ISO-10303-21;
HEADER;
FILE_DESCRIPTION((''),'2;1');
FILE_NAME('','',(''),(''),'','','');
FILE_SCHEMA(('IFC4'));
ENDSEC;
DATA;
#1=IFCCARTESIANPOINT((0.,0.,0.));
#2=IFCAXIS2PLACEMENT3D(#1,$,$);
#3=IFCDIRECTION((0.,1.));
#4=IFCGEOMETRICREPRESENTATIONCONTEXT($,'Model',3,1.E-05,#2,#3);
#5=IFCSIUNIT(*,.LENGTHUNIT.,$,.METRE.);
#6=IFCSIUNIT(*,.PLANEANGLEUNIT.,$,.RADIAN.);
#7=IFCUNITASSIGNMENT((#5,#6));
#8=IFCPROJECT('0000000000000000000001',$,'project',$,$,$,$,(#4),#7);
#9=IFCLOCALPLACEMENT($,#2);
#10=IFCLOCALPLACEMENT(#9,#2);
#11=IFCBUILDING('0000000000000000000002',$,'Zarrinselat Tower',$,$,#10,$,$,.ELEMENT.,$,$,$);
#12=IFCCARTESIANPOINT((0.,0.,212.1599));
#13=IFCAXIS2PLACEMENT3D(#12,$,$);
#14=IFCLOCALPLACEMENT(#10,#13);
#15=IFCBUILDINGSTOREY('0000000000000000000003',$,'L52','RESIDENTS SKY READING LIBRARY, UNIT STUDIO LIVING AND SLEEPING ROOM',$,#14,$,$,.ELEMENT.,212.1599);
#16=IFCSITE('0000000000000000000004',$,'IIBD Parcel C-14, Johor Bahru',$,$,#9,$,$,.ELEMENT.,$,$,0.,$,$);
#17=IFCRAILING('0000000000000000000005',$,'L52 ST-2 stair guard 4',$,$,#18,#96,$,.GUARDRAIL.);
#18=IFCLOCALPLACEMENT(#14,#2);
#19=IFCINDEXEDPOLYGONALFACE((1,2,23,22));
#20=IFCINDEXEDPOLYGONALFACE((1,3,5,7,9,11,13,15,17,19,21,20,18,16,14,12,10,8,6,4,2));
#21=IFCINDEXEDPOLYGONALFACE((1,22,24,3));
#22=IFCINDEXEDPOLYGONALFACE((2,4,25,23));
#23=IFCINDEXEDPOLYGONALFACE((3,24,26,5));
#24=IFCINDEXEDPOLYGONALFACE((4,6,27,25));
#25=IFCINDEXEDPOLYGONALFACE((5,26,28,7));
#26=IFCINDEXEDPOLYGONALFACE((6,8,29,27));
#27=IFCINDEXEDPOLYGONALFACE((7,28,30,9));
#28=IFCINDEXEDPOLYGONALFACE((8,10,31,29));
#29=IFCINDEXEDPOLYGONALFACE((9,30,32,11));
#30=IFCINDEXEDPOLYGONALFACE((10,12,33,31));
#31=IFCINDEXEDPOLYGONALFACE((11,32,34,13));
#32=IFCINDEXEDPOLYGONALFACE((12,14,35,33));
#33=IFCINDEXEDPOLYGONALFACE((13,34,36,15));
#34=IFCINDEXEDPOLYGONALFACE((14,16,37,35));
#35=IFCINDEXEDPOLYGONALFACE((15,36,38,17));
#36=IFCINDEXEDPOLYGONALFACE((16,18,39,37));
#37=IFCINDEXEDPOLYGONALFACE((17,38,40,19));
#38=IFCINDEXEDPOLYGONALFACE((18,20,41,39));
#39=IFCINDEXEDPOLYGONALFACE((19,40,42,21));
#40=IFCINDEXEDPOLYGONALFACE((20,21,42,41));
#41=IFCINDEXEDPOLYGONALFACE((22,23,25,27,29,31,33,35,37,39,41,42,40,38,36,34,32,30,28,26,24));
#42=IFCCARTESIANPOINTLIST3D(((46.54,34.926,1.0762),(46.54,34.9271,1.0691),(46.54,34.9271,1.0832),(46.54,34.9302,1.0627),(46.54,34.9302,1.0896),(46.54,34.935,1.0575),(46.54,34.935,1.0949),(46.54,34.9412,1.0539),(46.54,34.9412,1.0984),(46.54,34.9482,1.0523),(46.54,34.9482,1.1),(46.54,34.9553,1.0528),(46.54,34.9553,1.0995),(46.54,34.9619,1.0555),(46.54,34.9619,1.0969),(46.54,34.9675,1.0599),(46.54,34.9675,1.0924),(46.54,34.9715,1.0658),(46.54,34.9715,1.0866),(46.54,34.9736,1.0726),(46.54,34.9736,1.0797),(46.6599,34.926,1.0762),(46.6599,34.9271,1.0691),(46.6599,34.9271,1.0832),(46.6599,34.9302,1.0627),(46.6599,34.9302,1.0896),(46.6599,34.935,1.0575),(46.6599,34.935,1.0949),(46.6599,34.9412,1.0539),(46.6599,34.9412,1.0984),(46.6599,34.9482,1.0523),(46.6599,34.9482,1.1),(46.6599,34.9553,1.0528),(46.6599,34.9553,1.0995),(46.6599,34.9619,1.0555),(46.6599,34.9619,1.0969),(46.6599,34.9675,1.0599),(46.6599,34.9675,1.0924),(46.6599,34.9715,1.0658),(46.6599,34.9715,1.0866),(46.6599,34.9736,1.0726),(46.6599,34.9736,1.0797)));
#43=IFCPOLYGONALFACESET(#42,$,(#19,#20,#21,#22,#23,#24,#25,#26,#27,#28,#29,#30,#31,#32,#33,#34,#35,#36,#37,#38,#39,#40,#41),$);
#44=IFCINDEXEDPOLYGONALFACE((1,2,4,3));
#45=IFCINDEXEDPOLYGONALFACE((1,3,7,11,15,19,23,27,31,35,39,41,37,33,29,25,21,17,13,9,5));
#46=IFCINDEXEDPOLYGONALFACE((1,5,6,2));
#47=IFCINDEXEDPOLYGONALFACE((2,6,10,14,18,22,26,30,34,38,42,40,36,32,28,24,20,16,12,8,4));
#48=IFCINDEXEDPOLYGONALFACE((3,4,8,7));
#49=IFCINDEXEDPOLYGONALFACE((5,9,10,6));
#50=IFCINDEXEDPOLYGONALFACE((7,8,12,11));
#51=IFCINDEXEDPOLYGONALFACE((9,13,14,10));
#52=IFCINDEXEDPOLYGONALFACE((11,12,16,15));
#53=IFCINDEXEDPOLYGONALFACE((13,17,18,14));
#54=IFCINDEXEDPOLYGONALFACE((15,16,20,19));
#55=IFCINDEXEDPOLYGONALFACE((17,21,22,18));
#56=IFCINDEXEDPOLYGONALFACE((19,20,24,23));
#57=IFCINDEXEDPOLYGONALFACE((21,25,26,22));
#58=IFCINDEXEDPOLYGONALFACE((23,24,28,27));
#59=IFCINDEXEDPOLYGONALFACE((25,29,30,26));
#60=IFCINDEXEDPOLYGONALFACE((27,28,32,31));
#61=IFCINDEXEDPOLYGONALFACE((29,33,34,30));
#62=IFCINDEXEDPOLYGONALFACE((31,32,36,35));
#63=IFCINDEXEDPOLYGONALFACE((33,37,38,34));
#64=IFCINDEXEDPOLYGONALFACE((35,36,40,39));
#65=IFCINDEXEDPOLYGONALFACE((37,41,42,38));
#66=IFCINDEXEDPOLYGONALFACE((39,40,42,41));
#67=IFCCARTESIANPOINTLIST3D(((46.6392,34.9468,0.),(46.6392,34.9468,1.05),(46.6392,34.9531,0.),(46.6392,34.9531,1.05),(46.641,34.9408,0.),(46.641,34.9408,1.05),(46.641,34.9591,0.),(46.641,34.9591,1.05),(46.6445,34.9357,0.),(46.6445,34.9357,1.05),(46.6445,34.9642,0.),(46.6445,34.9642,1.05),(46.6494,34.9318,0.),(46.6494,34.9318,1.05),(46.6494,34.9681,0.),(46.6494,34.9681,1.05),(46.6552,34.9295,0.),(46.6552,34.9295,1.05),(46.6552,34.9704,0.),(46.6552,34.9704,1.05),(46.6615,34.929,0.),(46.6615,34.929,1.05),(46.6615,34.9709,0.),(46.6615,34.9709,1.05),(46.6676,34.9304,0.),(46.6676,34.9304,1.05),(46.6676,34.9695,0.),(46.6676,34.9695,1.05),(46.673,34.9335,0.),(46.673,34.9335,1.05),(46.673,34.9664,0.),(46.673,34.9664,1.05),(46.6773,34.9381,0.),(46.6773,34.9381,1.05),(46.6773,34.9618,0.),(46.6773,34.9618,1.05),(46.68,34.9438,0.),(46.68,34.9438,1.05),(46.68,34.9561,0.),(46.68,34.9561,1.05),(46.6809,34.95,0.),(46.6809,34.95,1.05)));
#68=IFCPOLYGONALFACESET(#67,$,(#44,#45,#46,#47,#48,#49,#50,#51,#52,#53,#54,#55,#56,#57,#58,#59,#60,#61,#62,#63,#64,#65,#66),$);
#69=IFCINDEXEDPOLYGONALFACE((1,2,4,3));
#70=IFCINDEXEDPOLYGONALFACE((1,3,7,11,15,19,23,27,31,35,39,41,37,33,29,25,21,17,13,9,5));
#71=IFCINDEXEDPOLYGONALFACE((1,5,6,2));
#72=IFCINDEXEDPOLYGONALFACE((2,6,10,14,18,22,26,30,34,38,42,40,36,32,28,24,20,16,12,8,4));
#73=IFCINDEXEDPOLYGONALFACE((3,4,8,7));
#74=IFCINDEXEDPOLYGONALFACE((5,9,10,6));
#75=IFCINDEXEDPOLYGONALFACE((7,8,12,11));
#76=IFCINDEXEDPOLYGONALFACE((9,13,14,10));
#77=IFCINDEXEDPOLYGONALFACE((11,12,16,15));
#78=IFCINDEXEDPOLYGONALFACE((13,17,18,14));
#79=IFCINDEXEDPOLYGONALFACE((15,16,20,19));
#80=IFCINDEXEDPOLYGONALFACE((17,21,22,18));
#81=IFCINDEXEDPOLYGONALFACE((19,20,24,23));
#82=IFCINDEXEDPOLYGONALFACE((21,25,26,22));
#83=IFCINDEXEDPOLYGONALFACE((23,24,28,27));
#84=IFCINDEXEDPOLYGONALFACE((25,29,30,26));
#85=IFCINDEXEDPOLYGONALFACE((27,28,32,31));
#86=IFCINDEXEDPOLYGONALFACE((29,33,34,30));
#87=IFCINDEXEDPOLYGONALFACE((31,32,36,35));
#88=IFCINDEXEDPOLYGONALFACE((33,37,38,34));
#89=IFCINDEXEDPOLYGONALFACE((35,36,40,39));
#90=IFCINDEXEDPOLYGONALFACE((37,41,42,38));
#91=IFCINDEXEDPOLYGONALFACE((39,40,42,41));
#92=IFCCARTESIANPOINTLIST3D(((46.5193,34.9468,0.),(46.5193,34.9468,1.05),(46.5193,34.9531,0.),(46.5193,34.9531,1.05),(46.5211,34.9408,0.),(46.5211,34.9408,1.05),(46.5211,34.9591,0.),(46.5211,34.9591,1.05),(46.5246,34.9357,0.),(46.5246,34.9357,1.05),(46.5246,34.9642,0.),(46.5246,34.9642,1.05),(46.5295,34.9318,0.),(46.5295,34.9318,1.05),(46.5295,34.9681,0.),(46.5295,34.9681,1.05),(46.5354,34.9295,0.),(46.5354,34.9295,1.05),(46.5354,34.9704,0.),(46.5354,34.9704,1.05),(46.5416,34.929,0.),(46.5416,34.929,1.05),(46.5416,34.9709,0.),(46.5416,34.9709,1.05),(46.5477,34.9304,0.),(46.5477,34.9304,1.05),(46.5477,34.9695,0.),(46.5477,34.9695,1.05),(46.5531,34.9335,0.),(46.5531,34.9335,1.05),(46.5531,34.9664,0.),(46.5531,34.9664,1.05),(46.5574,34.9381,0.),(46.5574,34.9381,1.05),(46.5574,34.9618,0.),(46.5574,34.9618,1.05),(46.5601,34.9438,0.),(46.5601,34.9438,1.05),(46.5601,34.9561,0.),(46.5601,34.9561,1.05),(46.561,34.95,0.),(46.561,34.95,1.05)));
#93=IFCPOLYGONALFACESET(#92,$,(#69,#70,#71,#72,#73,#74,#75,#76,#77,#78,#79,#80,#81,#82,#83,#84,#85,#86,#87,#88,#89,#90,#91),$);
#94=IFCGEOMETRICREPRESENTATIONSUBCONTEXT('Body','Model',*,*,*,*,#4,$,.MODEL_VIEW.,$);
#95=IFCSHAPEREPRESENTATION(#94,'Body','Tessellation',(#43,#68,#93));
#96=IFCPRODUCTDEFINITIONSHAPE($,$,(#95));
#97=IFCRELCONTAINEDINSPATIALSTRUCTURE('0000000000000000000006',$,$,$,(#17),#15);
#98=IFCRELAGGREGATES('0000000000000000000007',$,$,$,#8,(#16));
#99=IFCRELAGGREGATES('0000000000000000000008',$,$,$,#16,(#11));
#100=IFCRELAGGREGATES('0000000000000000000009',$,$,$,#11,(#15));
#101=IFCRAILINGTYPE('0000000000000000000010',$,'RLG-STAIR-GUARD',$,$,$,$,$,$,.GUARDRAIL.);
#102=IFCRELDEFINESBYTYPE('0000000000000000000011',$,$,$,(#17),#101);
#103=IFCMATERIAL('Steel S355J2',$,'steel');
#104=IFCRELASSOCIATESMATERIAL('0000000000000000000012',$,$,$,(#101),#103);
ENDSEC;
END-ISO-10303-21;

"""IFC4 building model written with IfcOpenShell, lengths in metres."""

from ifc_helpers import new_model, si_unit, direction, frame, origin, origin_2d, place, context, subcontext, project, spatial, circle, extrude, material, type_object, element, save


model = new_model("IFC4")

# Units and contexts
model_context = context("Model", 3, precision=1e-05, world=origin(), true_north=direction((0.0, 1.0)))
body_context = subcontext(model_context, "Body", "Model", "MODEL_VIEW")
ifc_project = project(units=[si_unit("LENGTHUNIT", "METRE"), si_unit("PLANEANGLEUNIT", "RADIAN")], contexts=[model_context])

# Site, building, storey
site_placement = place(None, origin())
site = spatial("IfcSite", under=ifc_project, at=site_placement, Name="IIBD Parcel C-14, Johor Bahru", CompositionType="ELEMENT", RefElevation=0.0)
building_placement = place(site_placement, origin())
building = spatial("IfcBuilding", under=site, at=building_placement, Name="Zarrinselat Tower", CompositionType="ELEMENT")
storey_placement = place(building_placement, frame((0.0, 0.0, 212.1599)))
storey = spatial("IfcBuildingStorey", under=building, at=storey_placement, Name="L52", Description="RESIDENTS SKY READING LIBRARY, UNIT STUDIO LIVING AND SLEEPING ROOM", CompositionType="ELEMENT", Elevation=212.1599)

# Railing
ifc_material_1 = material(Name="Steel S355J2", Category="steel")
railing_type_1 = type_object("IfcRailingType", Name="RLG-STAIR-GUARD", PredefinedType="GUARDRAIL", material=ifc_material_1)
railing_1_placement = place(storey_placement, frame((46.6599, 34.95, 0.0)))
element("IfcRailing", 1, at=railing_1_placement, inside=storey, type_object=railing_type_1, Name="L52 ST-2 stair guard 4", PredefinedType="GUARDRAIL", context=body_context, shape_type="SweptSolid", body=[
    extrude(circle(Radius=0.0239, at=origin_2d()), frame((0.0, 0.0, 1.0762), z_axis=(-1.0, 0.0, 0.0), x_axis=(0.0, -1.0, 0.0)), (0.0, 0.0, 1.0), 0.1199),
    extrude(circle(Radius=0.021, at=origin_2d()), origin(), (0.0, 0.0, 1.0), 1.05),
    extrude(circle(Radius=0.021, at=origin_2d()), frame((-0.1199, 0.0, 0.0)), (0.0, 0.0, 1.0), 1.05),
])

save(model, "model.ifc")
